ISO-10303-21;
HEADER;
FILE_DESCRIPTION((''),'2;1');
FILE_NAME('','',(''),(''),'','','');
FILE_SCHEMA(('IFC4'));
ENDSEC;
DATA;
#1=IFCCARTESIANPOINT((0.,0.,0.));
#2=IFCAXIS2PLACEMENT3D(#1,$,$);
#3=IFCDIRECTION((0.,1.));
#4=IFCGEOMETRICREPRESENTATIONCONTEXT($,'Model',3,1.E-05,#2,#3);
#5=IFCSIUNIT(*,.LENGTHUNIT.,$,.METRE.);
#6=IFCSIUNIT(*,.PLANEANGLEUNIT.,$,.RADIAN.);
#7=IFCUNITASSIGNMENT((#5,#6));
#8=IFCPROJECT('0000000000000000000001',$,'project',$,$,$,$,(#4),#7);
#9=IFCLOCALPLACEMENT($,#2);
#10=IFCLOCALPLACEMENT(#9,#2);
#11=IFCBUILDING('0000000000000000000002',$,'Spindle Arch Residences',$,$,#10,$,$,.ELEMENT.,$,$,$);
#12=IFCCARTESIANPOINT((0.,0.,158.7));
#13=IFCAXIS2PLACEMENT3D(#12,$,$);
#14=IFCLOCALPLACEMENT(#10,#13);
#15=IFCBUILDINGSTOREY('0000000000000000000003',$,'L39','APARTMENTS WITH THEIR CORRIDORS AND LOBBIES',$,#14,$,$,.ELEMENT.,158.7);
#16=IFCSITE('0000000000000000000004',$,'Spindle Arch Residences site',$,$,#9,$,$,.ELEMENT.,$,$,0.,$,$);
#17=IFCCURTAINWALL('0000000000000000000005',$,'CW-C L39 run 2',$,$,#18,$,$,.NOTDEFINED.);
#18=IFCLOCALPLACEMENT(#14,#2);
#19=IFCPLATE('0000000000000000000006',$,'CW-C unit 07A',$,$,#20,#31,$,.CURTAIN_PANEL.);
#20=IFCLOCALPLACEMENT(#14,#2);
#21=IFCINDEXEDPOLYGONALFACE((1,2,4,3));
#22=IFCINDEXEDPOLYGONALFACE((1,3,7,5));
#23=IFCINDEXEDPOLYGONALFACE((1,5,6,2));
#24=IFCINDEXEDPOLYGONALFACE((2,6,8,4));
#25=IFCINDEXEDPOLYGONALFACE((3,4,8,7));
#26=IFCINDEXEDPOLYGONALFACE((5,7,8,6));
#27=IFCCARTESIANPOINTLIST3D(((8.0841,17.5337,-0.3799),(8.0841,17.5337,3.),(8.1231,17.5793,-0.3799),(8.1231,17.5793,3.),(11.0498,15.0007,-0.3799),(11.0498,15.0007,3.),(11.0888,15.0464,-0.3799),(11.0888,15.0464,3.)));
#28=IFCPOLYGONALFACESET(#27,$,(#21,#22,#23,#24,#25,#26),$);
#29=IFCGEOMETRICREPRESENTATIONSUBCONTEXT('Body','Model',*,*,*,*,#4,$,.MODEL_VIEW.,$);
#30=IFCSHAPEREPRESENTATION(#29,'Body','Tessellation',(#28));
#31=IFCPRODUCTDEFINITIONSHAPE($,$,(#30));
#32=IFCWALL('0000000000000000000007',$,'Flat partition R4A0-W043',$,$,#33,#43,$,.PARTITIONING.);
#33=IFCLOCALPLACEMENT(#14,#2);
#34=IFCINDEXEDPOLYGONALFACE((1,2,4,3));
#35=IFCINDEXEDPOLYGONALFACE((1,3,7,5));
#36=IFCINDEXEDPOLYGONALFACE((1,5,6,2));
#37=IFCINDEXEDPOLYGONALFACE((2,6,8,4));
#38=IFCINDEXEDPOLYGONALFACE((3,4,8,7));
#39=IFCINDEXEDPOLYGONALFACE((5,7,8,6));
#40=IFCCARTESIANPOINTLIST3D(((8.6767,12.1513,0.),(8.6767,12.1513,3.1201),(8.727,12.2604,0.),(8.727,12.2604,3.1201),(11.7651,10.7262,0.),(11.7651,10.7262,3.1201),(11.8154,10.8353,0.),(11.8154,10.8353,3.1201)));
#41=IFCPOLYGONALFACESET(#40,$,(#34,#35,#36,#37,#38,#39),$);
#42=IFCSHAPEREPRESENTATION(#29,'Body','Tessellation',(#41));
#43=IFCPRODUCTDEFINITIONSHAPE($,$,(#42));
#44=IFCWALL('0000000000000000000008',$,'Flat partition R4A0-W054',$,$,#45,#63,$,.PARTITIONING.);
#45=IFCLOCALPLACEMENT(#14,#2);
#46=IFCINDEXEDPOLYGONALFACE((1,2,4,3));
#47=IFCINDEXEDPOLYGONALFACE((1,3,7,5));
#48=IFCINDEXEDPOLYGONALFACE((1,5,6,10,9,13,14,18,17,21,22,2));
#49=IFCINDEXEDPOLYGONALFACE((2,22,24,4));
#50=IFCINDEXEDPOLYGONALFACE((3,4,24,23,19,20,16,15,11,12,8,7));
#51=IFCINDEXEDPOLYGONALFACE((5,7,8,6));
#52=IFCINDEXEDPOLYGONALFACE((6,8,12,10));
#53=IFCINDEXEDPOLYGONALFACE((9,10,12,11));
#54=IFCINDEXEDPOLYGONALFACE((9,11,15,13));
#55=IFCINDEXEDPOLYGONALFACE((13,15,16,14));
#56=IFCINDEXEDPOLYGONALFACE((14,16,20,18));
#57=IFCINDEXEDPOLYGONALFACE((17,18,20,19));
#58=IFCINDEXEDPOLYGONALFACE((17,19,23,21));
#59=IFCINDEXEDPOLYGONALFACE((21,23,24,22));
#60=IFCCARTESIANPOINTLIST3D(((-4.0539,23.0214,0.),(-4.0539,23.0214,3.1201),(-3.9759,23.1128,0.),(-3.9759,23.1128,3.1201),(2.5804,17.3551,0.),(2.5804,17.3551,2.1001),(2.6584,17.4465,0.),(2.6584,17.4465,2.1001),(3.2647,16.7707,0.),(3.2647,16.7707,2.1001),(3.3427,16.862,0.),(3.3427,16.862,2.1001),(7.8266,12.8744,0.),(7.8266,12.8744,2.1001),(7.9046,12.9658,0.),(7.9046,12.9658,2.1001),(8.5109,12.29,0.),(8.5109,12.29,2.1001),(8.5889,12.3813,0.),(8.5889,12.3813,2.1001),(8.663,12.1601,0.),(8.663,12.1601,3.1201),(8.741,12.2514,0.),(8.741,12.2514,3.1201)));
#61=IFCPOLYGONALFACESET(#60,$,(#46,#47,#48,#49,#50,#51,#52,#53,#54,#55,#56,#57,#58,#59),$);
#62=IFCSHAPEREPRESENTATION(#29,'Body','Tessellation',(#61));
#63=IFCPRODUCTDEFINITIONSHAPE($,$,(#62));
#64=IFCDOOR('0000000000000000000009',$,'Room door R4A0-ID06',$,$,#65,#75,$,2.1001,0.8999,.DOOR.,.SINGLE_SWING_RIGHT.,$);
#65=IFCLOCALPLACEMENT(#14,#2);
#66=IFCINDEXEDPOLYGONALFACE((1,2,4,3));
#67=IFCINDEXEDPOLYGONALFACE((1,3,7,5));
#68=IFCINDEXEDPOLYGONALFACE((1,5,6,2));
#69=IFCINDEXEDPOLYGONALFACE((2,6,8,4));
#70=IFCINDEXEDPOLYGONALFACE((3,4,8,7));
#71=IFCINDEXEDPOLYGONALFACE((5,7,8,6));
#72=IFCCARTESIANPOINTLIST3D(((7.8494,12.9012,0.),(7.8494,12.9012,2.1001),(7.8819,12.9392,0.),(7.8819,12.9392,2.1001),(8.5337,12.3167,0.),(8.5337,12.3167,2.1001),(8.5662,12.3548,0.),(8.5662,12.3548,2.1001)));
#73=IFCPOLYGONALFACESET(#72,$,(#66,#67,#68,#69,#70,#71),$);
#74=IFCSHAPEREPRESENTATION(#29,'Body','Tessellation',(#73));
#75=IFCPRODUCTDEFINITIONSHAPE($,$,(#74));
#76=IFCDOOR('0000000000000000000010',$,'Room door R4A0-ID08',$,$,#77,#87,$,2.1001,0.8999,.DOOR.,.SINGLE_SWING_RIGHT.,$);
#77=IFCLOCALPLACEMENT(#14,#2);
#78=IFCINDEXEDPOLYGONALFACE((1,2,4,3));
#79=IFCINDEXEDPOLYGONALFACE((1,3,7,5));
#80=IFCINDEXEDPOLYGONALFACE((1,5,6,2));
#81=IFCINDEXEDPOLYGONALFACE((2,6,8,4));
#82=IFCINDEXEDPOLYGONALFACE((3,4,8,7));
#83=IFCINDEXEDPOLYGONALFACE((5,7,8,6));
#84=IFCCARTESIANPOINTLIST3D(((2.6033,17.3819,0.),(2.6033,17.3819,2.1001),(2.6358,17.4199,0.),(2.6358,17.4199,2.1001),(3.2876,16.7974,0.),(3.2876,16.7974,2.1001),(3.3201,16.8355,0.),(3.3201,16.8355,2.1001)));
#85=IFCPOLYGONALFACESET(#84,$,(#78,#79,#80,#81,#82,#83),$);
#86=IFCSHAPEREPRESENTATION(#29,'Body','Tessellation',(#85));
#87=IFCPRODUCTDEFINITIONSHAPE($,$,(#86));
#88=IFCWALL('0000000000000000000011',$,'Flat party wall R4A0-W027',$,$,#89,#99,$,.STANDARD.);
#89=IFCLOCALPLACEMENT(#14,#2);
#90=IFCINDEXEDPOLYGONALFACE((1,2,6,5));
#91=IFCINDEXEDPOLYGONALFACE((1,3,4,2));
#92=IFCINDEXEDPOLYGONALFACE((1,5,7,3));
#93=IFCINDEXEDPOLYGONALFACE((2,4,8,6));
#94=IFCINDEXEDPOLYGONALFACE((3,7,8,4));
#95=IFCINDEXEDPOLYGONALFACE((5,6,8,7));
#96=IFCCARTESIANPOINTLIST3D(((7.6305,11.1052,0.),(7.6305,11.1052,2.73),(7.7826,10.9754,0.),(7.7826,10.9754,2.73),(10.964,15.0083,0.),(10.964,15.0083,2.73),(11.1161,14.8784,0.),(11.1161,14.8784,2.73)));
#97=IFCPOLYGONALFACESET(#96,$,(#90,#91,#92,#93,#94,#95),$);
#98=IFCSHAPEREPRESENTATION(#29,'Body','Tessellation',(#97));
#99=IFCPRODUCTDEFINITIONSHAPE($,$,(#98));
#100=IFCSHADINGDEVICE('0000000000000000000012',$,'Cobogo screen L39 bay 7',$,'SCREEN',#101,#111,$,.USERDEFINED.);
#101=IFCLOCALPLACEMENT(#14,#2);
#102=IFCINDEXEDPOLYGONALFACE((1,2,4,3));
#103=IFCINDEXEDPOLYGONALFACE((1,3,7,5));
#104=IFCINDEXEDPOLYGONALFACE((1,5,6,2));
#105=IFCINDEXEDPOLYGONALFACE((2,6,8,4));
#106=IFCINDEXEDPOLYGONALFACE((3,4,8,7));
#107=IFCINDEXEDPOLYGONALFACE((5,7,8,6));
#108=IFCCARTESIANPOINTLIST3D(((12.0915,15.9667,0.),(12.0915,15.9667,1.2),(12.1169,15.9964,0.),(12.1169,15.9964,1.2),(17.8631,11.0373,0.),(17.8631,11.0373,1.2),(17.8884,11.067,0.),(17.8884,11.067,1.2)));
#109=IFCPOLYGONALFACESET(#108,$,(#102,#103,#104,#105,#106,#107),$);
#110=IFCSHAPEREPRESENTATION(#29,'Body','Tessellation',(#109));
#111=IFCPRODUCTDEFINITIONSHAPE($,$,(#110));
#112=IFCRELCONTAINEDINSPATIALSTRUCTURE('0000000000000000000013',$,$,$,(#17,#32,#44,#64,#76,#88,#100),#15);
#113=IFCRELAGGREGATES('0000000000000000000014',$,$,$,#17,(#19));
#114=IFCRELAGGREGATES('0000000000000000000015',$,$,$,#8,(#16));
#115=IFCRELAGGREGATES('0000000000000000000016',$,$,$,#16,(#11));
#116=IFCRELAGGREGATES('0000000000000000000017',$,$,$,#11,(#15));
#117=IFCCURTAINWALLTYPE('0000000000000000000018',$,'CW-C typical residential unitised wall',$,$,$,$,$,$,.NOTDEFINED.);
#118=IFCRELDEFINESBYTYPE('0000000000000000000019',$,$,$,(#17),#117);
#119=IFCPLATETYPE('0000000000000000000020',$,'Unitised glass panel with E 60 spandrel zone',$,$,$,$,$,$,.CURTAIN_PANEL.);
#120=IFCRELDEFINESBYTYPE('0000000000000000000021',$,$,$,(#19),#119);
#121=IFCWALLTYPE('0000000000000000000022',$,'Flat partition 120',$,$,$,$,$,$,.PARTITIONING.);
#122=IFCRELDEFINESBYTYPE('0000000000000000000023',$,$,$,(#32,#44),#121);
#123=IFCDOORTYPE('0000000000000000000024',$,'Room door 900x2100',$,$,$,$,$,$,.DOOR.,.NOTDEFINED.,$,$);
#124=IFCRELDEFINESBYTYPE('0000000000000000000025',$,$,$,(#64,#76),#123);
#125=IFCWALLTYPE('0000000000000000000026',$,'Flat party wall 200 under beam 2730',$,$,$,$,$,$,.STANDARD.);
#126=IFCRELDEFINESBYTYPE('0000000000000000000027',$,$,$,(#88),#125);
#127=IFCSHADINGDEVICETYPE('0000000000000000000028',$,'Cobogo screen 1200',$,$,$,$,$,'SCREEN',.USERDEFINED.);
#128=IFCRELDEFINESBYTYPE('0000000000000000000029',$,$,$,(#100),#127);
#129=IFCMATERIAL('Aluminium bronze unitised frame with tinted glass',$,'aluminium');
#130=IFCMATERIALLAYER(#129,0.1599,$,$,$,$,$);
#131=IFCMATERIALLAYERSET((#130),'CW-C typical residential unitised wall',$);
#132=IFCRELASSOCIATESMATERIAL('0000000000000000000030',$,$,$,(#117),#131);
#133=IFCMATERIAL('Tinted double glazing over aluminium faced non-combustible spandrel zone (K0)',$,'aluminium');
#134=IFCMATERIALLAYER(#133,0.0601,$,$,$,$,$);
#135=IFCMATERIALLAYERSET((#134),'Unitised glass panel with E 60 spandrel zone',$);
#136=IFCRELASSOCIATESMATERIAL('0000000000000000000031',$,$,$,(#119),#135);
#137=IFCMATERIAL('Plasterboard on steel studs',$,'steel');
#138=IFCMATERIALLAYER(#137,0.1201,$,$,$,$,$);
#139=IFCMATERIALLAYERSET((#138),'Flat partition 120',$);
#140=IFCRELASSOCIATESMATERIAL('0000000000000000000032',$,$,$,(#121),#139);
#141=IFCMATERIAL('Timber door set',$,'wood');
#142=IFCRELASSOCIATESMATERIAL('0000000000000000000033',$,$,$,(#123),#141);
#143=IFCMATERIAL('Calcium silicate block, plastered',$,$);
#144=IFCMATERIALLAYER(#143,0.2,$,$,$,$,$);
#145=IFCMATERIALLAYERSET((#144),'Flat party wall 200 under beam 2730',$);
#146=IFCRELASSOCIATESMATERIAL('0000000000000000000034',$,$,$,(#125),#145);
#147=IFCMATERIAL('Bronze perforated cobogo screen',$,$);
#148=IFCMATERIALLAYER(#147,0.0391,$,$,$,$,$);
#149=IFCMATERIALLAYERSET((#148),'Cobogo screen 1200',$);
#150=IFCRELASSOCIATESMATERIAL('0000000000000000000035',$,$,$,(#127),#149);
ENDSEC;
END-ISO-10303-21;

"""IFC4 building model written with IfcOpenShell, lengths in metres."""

from ifc_helpers import new_model, si_unit, direction, frame, frame_2d, origin, origin_2d, place, context, subcontext, project, spatial, rectangle, extrude, material, layer, layer_set, type_object, element, fill, aggregate, save


model = new_model("IFC4")

# Units and contexts
model_context = context("Model", 3, precision=1e-05, world=origin(), true_north=direction((0.0, 1.0)))
body_context = subcontext(model_context, "Body", "Model", "MODEL_VIEW")
ifc_project = project(units=[si_unit("LENGTHUNIT", "METRE"), si_unit("PLANEANGLEUNIT", "RADIAN")], contexts=[model_context])

# Site, building, storey
site_placement = place(None, origin())
site = spatial("IfcSite", under=ifc_project, at=site_placement, Name="Spindle Arch Residences site", CompositionType="ELEMENT", RefElevation=0.0)
building_placement = place(site_placement, origin())
building = spatial("IfcBuilding", under=site, at=building_placement, Name="Spindle Arch Residences", CompositionType="ELEMENT")
storey_placement = place(building_placement, frame((0.0, 0.0, 158.7)))
storey = spatial("IfcBuildingStorey", under=building, at=storey_placement, Name="L39", Description="APARTMENTS WITH THEIR CORRIDORS AND LOBBIES", CompositionType="ELEMENT", Elevation=158.7)

# Curtain wall
ifc_material_1 = material(Name="Aluminium bronze unitised frame with tinted glass", Category="aluminium")
ifc_layer_1 = layer(ifc_material_1, 0.1599)
ifc_layer_set_1 = layer_set([ifc_layer_1], Name="CW-C typical residential unitised wall")
curtain_wall_type = type_object("IfcCurtainWallType", Name="CW-C typical residential unitised wall", PredefinedType="NOTDEFINED", material=ifc_layer_set_1)
curtain_wall_placement = place(storey_placement, origin())
curtain_wall = element("IfcCurtainWall", 1, at=curtain_wall_placement, inside=storey, type_object=curtain_wall_type, Name="CW-C L39 run 2", PredefinedType="NOTDEFINED")

# Plate
ifc_material_2 = material(Name="Tinted double glazing over aluminium faced non-combustible spandrel zone (K0)", Category="aluminium")
ifc_layer_2 = layer(ifc_material_2, 0.0601)
ifc_layer_set_2 = layer_set([ifc_layer_2], Name="Unitised glass panel with E 60 spandrel zone")
plate_type = type_object("IfcPlateType", Name="Unitised glass panel with E 60 spandrel zone", PredefinedType="CURTAIN_PANEL", material=ifc_layer_set_2)
plate_1_placement = place(storey_placement, frame((9.5864, 16.29, -0.3799), z_axis=(0.0, 0.0, 1.0), x_axis=(-0.760406, 0.649448, 0.0)))
plate_1 = element("IfcPlate", 2, at=plate_1_placement, type_object=plate_type, Name="CW-C unit 07A", PredefinedType="CURTAIN_PANEL", context=body_context, shape_type="SweptSolid", body=[
    extrude(rectangle(XDim=3.9001, YDim=0.0601, at=origin_2d()), origin(), (0.0, 0.0, 1.0), 3.3799),
])
aggregate(curtain_wall, [plate_1])

# Wall
ifc_material_3 = material(Name="Plasterboard on steel studs", Category="steel")
ifc_layer_3 = layer(ifc_material_3, 0.1201)
ifc_layer_set_3 = layer_set([ifc_layer_3], Name="Flat partition 120")
wall_type_1 = type_object("IfcWallType", Name="Flat partition 120", PredefinedType="PARTITIONING", material=ifc_layer_set_3)
wall_1_placement = place(storey_placement, frame((11.7903, 10.7808, 0.0), z_axis=(0.0, 0.0, 1.0), x_axis=(-0.907999, 0.418972, 0.0)))
element("IfcWall", 3, at=wall_1_placement, inside=storey, type_object=wall_type_1, Name="Flat partition R4A0-W043", PredefinedType="PARTITIONING", context=body_context, shape_type="SweptSolid", body=[
    extrude(rectangle(XDim=3.4014, YDim=0.1201, at=frame_2d((1.7007, 0.0))), origin(), (0.0, 0.0, 1.0), 3.1201),
])

# Wall, openings, doors
wall_2_placement = place(storey_placement, frame((8.7019, 12.2058, 0.0), z_axis=(0.0, 0.0, 1.0), x_axis=(-0.760401, 0.649453, 0.0)))
wall_2 = element("IfcWall", 4, at=wall_2_placement, inside=storey, type_object=wall_type_1, Name="Flat partition R4A0-W054", PredefinedType="PARTITIONING", context=body_context, shape_type="SweptSolid", body=[
    extrude(rectangle(XDim=16.7239, YDim=0.1201, at=frame_2d((8.3618, 0.0))), origin(), (0.0, 0.0, 1.0), 3.1201),
])
opening_1_placement = place(wall_2_placement, frame((0.2, 0.0, 0.0)))
opening_1 = element("IfcOpeningElement", 5, at=opening_1_placement, cuts=wall_2, PredefinedType="OPENING", context=body_context, shape_type="SweptSolid", body=[
    extrude(rectangle(XDim=0.8999, YDim=2.1001, at=frame_2d((0.45, 1.05))), frame((0.0, 0.0701, 0.0), z_axis=(0.0, -1.0, 0.0), x_axis=(1.0, 0.0, 0.0)), (0.0, 0.0, 1.0), 0.1401),
])
opening_2_placement = place(wall_2_placement, frame((7.0991, 0.0, 0.0)))
opening_2 = element("IfcOpeningElement", 6, at=opening_2_placement, cuts=wall_2, PredefinedType="OPENING", context=body_context, shape_type="SweptSolid", body=[
    extrude(rectangle(XDim=0.8999, YDim=2.1001, at=frame_2d((0.45, 1.05))), frame((0.0, 0.0701, 0.0), z_axis=(0.0, -1.0, 0.0), x_axis=(1.0, 0.0, 0.0)), (0.0, 0.0, 1.0), 0.1401),
])
ifc_material_4 = material(Name="Timber door set", Category="wood")
door_type_1 = type_object("IfcDoorType", Name="Room door 900x2100", OperationType="NOTDEFINED", PredefinedType="DOOR", material=ifc_material_4)
door_1_placement = place(opening_1_placement, origin())
door_1 = element("IfcDoor", 7, at=door_1_placement, inside=storey, type_object=door_type_1, Name="Room door R4A0-ID06", OperationType="SINGLE_SWING_RIGHT", OverallHeight=2.1001, OverallWidth=0.8999, PredefinedType="DOOR", context=body_context, shape_type="SweptSolid", body=[
    extrude(rectangle(XDim=0.8999, YDim=2.1001, at=frame_2d((0.45, 1.05))), frame((0.0, 0.0249, 0.0), z_axis=(0.0, -1.0, 0.0), x_axis=(1.0, 0.0, 0.0)), (0.0, 0.0, 1.0), 0.05),
])
fill(opening_1, door_1)
door_2_placement = place(opening_2_placement, origin())
door_2 = element("IfcDoor", 8, at=door_2_placement, inside=storey, type_object=door_type_1, Name="Room door R4A0-ID08", OperationType="SINGLE_SWING_RIGHT", OverallHeight=2.1001, OverallWidth=0.8999, PredefinedType="DOOR", context=body_context, shape_type="SweptSolid", body=[
    extrude(rectangle(XDim=0.8999, YDim=2.1001, at=frame_2d((0.45, 1.05))), frame((0.0, 0.0249, 0.0), z_axis=(0.0, -1.0, 0.0), x_axis=(1.0, 0.0, 0.0)), (0.0, 0.0, 1.0), 0.05),
])
fill(opening_2, door_2)

# Wall
ifc_material_5 = material(Name="Calcium silicate block, plastered")
ifc_layer_4 = layer(ifc_material_5, 0.2)
ifc_layer_set_4 = layer_set([ifc_layer_4], Name="Flat party wall 200 under beam 2730")
wall_type_2 = type_object("IfcWallType", Name="Flat party wall 200 under beam 2730", PredefinedType="STANDARD", material=ifc_layer_set_4)
wall_3_placement = place(storey_placement, frame((11.04, 14.9434, 0.0), z_axis=(0.0, 0.0, 1.0), x_axis=(-0.649443, -0.76041, 0.0)))
element("IfcWall", 9, at=wall_3_placement, inside=storey, type_object=wall_type_2, Name="Flat party wall R4A0-W027", PredefinedType="STANDARD", context=body_context, shape_type="SweptSolid", body=[
    extrude(rectangle(XDim=5.1328, YDim=0.2, at=frame_2d((2.5664, 0.0))), origin(), (0.0, 0.0, 1.0), 2.73),
])

# Shading device
ifc_material_6 = material(Name="Bronze perforated cobogo screen")
ifc_layer_5 = layer(ifc_material_6, 0.0391)
ifc_layer_set_5 = layer_set([ifc_layer_5], Name="Cobogo screen 1200")
shading_device_type = type_object("IfcShadingDeviceType", Name="Cobogo screen 1200", ElementType="SCREEN", PredefinedType="USERDEFINED", material=ifc_layer_set_5)
shading_device_placement = place(storey_placement, frame((14.99, 13.5168, 0.0), z_axis=(0.0, 0.0, 1.0), x_axis=(-0.760406, 0.649448, 0.0)))
element("IfcShadingDevice", 10, at=shading_device_placement, inside=storey, type_object=shading_device_type, Name="Cobogo screen L39 bay 7", ObjectType="SCREEN", PredefinedType="USERDEFINED", context=body_context, shape_type="SweptSolid", body=[
    extrude(rectangle(XDim=7.5901, YDim=0.0391, at=origin_2d()), origin(), (0.0, 0.0, 1.0), 1.2),
])

save(model, "model.ifc")
